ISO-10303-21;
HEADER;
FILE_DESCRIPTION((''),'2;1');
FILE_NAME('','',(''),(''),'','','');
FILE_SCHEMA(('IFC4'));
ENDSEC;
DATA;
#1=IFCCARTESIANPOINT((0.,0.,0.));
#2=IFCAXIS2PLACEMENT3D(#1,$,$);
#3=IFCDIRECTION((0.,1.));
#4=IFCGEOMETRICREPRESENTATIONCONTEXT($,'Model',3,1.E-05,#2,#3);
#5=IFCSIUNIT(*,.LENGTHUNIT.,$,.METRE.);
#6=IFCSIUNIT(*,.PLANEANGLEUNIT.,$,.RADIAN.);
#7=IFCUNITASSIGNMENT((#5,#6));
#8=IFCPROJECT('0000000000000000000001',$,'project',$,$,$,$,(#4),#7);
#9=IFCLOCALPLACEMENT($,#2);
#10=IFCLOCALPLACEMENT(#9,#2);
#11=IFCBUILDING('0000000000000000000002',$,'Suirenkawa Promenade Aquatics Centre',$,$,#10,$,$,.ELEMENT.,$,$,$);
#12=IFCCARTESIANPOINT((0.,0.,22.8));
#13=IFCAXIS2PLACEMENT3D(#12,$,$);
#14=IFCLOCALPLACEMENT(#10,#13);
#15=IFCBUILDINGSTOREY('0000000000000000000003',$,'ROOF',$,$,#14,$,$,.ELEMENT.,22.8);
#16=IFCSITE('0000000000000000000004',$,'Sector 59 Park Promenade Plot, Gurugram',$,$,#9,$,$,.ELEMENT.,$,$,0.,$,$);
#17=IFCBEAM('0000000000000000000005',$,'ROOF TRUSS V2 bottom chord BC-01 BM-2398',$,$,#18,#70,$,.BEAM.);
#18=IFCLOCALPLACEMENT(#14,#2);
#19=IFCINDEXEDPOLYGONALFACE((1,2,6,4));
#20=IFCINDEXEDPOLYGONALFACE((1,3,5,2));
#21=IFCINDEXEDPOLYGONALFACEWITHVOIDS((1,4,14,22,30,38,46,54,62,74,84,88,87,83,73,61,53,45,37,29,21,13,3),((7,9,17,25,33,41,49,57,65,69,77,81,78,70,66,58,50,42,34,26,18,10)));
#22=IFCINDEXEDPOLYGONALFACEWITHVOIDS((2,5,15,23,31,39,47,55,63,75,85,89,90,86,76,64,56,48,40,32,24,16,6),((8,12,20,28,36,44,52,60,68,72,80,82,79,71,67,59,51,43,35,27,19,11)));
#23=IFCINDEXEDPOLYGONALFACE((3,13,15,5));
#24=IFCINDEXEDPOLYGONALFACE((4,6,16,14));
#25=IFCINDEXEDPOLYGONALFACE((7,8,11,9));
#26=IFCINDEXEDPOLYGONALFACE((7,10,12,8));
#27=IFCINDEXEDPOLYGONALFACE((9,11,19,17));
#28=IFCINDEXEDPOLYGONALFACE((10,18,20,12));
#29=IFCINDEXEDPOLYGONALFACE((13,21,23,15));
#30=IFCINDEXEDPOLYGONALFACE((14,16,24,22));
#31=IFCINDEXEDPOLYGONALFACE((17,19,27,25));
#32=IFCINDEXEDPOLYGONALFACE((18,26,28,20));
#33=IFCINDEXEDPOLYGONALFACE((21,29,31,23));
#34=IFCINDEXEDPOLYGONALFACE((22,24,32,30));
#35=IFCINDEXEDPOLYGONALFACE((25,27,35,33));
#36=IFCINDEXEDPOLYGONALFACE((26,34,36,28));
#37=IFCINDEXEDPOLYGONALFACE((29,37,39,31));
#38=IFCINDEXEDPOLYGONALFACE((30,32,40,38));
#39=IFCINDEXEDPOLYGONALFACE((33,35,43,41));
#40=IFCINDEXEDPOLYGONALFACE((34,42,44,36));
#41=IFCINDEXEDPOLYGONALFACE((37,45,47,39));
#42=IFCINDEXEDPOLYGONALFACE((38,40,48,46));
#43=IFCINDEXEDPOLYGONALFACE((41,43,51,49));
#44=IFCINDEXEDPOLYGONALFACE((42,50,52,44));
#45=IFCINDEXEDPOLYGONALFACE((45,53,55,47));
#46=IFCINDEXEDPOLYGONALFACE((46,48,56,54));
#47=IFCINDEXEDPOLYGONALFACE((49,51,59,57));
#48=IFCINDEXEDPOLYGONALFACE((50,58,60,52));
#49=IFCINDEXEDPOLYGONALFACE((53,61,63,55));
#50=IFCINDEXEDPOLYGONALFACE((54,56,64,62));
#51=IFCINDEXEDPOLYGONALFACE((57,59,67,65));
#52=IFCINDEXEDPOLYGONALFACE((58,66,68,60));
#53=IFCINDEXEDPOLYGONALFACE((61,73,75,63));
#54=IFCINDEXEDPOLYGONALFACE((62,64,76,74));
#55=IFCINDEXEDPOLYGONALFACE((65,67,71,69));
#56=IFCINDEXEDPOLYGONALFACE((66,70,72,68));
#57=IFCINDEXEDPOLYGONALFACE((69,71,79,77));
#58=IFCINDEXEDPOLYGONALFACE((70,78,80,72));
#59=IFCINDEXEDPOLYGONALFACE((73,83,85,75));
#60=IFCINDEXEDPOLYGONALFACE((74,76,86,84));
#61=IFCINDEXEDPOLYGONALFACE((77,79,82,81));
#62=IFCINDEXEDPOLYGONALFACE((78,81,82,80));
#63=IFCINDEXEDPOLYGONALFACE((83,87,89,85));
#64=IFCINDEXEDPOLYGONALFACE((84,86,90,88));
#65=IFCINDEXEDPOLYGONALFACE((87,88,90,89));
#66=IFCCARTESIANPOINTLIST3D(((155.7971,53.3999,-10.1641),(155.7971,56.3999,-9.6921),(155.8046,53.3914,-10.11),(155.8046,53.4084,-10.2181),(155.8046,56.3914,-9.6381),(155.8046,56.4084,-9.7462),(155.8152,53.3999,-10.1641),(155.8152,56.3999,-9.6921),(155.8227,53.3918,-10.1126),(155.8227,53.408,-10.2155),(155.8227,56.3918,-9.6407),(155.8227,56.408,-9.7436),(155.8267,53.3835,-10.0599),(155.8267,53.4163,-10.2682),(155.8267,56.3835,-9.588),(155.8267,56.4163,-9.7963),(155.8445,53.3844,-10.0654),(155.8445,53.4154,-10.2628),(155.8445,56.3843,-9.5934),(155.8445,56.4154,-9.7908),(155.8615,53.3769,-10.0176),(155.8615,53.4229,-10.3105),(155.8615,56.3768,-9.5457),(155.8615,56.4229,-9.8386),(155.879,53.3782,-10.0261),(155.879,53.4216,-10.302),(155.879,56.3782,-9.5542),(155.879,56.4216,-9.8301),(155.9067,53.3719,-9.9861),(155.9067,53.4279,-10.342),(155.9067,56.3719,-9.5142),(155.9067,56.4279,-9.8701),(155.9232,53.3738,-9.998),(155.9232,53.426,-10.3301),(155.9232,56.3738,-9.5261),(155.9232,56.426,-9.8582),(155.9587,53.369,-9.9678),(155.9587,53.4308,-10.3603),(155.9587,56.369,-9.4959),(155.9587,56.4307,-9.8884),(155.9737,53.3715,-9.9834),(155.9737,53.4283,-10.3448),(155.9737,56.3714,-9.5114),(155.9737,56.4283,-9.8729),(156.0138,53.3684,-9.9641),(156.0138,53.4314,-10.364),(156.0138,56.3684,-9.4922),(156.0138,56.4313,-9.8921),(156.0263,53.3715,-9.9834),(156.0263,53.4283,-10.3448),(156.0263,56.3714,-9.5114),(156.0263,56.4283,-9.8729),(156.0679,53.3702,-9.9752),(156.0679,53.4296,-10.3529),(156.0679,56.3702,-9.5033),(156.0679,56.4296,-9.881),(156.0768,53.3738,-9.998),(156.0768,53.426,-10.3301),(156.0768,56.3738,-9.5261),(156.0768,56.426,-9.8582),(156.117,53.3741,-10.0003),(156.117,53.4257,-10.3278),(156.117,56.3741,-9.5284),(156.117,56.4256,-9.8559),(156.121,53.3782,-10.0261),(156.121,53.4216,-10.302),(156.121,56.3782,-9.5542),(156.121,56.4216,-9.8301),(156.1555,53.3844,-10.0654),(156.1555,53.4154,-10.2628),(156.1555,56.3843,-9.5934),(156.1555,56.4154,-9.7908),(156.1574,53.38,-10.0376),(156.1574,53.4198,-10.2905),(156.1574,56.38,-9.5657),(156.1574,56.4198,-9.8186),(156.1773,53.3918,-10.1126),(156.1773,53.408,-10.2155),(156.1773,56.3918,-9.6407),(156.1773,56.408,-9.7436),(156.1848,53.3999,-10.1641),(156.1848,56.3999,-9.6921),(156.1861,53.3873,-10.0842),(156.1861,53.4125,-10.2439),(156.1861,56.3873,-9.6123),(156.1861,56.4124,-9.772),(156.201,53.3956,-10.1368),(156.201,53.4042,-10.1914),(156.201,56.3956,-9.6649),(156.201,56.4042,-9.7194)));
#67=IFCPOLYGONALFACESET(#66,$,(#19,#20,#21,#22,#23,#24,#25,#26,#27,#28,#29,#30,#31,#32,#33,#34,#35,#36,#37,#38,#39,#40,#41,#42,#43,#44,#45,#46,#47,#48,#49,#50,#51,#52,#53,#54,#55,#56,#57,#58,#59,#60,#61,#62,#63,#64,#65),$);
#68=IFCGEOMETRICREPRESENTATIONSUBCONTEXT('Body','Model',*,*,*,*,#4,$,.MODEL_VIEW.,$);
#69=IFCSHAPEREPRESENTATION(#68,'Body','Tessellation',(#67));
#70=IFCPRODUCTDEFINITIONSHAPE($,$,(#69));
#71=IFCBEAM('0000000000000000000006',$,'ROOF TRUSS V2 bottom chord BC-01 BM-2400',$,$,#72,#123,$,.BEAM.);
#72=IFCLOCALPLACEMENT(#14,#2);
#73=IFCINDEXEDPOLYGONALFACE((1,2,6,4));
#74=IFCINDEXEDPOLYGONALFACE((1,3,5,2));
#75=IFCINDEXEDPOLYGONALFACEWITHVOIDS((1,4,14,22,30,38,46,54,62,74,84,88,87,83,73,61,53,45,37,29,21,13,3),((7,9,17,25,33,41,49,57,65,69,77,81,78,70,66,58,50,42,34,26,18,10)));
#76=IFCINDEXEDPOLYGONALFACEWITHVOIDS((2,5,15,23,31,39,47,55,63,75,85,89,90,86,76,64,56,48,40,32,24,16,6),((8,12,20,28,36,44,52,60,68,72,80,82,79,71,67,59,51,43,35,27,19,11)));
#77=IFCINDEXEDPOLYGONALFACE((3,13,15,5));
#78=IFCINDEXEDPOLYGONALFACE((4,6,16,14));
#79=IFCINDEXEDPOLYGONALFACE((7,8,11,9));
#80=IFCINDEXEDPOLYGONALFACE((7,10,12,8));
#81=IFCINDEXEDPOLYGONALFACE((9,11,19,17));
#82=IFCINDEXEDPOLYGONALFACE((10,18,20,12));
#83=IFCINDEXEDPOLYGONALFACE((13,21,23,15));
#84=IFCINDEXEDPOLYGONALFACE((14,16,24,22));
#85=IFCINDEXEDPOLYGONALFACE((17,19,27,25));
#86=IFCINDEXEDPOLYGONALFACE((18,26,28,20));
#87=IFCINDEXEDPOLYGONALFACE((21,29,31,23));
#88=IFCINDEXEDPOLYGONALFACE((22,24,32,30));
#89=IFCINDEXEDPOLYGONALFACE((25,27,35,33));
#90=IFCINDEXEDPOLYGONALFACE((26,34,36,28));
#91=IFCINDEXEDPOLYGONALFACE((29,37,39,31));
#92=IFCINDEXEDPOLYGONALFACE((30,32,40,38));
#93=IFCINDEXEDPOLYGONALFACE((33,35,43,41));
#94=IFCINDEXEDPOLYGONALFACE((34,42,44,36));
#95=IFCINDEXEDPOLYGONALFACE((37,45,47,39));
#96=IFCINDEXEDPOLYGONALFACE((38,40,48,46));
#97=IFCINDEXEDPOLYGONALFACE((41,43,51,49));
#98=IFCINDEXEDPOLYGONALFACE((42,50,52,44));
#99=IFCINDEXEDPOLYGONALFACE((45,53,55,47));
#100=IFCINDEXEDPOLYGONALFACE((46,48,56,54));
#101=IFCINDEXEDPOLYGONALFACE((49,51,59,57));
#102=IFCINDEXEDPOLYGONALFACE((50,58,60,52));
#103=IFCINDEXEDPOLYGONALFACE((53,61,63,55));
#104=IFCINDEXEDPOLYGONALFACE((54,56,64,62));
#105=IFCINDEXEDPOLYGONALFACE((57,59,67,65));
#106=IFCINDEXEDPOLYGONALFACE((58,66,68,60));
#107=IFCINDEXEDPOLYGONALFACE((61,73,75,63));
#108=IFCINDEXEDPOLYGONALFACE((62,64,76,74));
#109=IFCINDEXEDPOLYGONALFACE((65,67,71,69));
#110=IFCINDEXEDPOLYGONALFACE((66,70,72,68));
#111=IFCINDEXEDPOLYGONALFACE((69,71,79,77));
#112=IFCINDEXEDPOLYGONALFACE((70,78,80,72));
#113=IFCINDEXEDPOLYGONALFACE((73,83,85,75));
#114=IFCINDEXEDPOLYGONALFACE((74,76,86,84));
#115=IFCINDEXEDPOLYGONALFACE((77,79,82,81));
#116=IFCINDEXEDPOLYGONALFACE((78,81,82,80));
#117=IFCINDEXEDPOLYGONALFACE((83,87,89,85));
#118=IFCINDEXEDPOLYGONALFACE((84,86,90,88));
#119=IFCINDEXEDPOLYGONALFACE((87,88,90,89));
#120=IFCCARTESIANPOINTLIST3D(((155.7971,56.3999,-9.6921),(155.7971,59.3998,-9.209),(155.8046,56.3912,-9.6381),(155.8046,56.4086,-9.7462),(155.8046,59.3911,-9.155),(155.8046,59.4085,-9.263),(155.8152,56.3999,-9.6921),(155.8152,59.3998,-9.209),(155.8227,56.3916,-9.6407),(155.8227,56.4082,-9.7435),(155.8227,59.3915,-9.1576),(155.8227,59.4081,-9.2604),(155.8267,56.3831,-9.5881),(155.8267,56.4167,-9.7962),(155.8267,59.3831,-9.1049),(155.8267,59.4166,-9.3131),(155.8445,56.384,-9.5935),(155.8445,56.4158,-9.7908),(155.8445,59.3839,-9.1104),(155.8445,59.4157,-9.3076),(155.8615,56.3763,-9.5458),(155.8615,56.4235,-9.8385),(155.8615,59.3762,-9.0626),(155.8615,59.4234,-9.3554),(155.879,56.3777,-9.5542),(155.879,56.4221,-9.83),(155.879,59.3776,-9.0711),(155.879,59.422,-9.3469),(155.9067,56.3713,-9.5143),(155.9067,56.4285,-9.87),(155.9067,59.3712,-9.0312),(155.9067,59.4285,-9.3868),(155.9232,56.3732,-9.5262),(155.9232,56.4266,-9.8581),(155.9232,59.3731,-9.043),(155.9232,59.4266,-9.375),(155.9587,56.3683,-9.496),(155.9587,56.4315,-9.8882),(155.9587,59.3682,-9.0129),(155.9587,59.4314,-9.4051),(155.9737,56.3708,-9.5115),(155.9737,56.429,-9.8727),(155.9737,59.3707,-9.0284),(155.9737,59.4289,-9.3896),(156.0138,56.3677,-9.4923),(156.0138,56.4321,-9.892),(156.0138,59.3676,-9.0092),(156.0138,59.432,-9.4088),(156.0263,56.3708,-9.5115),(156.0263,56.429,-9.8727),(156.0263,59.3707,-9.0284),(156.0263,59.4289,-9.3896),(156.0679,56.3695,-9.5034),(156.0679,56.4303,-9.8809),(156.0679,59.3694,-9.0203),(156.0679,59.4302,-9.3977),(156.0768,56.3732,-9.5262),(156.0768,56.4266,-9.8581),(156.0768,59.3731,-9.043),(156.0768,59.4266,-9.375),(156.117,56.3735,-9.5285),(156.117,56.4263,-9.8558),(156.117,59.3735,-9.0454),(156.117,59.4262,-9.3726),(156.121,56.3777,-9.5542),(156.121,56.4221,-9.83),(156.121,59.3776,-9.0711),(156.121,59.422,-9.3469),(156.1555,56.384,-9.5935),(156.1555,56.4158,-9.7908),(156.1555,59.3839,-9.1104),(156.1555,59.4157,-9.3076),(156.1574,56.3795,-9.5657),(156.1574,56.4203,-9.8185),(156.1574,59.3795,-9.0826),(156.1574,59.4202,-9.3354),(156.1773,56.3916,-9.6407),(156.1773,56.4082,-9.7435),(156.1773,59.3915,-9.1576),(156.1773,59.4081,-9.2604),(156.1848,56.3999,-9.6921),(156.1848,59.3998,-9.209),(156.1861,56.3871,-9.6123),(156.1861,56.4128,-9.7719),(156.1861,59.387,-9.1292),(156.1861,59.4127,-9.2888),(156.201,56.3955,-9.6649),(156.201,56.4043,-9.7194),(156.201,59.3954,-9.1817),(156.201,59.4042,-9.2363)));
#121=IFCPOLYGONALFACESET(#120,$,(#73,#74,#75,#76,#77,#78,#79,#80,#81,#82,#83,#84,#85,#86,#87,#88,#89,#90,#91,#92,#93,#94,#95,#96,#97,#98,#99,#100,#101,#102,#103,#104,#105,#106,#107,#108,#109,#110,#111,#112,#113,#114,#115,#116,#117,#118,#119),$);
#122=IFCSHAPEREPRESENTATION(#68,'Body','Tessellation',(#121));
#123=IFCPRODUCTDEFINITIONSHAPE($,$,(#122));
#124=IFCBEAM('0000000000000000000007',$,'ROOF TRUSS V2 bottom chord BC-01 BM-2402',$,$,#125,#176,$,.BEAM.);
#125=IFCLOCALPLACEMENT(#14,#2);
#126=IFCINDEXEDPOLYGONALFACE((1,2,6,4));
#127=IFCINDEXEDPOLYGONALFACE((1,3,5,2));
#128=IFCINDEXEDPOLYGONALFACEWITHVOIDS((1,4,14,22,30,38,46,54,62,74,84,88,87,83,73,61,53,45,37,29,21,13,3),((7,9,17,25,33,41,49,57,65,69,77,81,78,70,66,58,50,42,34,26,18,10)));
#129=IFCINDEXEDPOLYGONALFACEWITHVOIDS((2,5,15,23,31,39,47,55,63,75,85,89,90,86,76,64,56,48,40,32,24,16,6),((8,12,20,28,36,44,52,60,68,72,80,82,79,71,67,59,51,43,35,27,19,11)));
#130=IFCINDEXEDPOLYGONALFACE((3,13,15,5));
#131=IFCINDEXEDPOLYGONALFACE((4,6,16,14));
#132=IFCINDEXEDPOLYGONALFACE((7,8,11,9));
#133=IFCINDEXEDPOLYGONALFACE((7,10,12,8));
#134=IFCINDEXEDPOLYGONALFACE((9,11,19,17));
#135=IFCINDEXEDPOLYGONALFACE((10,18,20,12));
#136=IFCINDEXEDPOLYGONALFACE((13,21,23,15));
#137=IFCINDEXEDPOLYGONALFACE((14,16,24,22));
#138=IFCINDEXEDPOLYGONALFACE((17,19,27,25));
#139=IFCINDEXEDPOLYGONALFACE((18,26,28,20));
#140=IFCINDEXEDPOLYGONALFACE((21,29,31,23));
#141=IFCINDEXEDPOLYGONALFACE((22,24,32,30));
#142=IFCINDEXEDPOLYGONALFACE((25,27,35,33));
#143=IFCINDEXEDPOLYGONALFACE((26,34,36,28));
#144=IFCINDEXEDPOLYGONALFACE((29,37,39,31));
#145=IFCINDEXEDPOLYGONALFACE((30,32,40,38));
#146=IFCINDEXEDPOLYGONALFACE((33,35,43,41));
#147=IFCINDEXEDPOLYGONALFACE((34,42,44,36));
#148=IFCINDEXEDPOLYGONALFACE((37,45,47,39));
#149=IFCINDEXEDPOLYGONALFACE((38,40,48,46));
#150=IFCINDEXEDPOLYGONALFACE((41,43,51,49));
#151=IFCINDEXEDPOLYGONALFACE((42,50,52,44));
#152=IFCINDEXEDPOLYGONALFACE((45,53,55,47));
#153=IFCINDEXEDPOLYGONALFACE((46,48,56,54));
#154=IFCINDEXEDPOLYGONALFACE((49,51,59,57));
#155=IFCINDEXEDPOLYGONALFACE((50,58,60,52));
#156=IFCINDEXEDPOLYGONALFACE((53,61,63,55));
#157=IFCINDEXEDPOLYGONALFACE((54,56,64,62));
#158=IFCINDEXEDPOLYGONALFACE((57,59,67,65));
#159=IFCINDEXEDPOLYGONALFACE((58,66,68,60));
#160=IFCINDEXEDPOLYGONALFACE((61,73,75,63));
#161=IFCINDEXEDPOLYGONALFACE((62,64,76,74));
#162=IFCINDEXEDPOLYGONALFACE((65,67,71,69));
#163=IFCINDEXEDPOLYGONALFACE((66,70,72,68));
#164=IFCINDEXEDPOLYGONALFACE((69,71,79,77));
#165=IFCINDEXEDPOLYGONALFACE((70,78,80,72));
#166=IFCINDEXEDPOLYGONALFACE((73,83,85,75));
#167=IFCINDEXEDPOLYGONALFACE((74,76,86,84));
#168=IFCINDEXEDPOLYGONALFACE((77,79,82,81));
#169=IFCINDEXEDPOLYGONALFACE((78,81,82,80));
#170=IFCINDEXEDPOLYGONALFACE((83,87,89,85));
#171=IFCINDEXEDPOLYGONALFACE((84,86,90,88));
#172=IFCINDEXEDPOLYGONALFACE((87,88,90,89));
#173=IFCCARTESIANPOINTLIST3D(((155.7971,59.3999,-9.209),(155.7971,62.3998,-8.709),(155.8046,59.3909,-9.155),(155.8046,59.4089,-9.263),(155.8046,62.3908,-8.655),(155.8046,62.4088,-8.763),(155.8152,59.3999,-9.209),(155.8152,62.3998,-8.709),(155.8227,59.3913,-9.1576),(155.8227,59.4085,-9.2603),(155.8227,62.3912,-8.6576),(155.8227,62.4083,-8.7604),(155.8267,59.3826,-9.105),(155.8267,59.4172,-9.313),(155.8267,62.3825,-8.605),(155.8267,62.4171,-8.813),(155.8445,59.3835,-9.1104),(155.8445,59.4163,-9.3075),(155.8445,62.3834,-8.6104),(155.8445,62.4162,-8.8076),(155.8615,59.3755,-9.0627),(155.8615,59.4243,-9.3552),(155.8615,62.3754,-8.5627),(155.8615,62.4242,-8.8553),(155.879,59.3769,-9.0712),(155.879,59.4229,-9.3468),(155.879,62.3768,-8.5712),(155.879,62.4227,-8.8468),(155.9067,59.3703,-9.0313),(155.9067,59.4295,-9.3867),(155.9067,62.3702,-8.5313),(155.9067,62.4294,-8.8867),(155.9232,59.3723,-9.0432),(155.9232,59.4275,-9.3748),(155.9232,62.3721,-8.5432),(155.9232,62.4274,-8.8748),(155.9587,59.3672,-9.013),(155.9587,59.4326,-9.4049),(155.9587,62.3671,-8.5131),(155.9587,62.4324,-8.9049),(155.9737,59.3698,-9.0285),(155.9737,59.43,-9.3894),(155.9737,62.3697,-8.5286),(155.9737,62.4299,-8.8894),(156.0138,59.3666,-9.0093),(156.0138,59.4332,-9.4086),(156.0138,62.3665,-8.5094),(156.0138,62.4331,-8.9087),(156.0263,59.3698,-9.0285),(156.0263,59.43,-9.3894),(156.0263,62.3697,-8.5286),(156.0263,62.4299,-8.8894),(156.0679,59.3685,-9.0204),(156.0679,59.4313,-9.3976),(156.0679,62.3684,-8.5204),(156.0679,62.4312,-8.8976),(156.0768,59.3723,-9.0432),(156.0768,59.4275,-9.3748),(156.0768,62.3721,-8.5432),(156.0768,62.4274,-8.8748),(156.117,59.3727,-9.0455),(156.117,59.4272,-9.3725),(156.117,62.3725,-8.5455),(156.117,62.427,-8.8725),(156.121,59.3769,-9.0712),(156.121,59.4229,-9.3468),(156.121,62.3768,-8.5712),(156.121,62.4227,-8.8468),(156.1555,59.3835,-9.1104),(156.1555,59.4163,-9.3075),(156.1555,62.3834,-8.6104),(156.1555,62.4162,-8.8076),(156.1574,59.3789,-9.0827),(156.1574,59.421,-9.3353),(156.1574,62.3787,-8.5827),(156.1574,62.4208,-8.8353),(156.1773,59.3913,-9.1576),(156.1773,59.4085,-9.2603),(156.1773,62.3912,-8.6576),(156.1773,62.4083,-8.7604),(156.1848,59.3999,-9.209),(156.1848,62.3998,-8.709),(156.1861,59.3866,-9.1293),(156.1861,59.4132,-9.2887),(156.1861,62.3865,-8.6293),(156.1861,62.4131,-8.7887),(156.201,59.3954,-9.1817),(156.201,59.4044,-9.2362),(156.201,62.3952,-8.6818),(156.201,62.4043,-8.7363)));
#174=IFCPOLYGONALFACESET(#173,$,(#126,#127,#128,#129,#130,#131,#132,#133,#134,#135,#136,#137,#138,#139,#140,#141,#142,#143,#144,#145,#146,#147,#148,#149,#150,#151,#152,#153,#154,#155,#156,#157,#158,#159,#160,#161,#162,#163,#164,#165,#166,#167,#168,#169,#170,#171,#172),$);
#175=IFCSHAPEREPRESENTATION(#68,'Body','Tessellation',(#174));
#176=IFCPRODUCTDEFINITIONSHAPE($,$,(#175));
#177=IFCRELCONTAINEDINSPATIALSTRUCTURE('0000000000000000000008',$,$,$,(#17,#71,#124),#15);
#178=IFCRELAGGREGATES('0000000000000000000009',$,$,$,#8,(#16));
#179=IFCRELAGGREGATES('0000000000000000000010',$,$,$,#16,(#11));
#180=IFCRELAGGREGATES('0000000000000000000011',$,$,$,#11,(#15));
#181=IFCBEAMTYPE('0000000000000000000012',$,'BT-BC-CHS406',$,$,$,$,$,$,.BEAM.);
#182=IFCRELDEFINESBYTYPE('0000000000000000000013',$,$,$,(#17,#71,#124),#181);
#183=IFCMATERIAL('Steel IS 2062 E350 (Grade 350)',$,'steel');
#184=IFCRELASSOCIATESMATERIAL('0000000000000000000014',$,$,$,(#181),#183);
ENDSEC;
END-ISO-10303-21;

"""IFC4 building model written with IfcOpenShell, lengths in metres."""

from ifc_helpers import new_model, si_unit, direction, frame, origin, origin_2d, place, context, subcontext, project, spatial, hollow_circle, extrude, material, material_profile, profile_set, type_object, element, save


model = new_model("IFC4")

# Units and contexts
model_context = context("Model", 3, precision=1e-05, world=origin(), true_north=direction((0.0, 1.0)))
body_context = subcontext(model_context, "Body", "Model", "MODEL_VIEW")
ifc_project = project(units=[si_unit("LENGTHUNIT", "METRE"), si_unit("PLANEANGLEUNIT", "RADIAN")], contexts=[model_context])

# Site, building, storey
site_placement = place(None, origin())
site = spatial("IfcSite", under=ifc_project, at=site_placement, Name="Sector 59 Park Promenade Plot, Gurugram", CompositionType="ELEMENT", RefElevation=0.0)
building_placement = place(site_placement, origin())
building = spatial("IfcBuilding", under=site, at=building_placement, Name="Suirenkawa Promenade Aquatics Centre", CompositionType="ELEMENT")
storey_placement = place(building_placement, frame((0.0, 0.0, 22.8)))
storey = spatial("IfcBuildingStorey", under=building, at=storey_placement, Name="ROOF", CompositionType="ELEMENT", Elevation=22.8)

# Beams
ifc_material = material(Name="Steel IS 2062 E350 (Grade 350)", Category="steel")
ifc_material_profile_1 = material_profile(ifc_material, hollow_circle(Radius=0.2029, WallThickness=0.0181, at=origin_2d()), Name="CHS 406x18", Category="steel")
ifc_profile_set_1 = profile_set([ifc_material_profile_1], Name="Steel IS 2062 E350 (Grade 350)")
beam_type_1 = type_object("IfcBeamType", Name="BT-BC-CHS406", PredefinedType="BEAM", material=ifc_profile_set_1)
beam_1_placement = place(storey_placement, frame((156.0, 53.3999, -10.1641), z_axis=(0.0, 0.987852, 0.155397), x_axis=(-1.0, 0.0, 0.0)))
element("IfcBeam", 1, at=beam_1_placement, inside=storey, type_object=beam_type_1, Name="ROOF TRUSS V2 bottom chord BC-01 BM-2398", PredefinedType="BEAM", context=body_context, shape_type="SweptSolid", body=[
    extrude(hollow_circle(Radius=0.2029, WallThickness=0.0181, at=origin_2d()), origin(), (0.0, 0.0, 1.0), 3.0369),
])
beam_2_placement = place(storey_placement, frame((156.0, 56.3999, -9.6921), z_axis=(0.0, 0.987278, 0.159003), x_axis=(-1.0, 0.0, 0.0)))
element("IfcBeam", 2, at=beam_2_placement, inside=storey, type_object=beam_type_1, Name="ROOF TRUSS V2 bottom chord BC-01 BM-2400", PredefinedType="BEAM", context=body_context, shape_type="SweptSolid", body=[
    extrude(hollow_circle(Radius=0.2029, WallThickness=0.0181, at=origin_2d()), origin(), (0.0, 0.0, 1.0), 3.0386),
])
beam_3_placement = place(storey_placement, frame((156.0, 59.3999, -9.209), z_axis=(0.0, 0.986394, 0.164399), x_axis=(-1.0, 0.0, 0.0)))
element("IfcBeam", 3, at=beam_3_placement, inside=storey, type_object=beam_type_1, Name="ROOF TRUSS V2 bottom chord BC-01 BM-2402", PredefinedType="BEAM", context=body_context, shape_type="SweptSolid", body=[
    extrude(hollow_circle(Radius=0.2029, WallThickness=0.0181, at=origin_2d()), origin(), (0.0, 0.0, 1.0), 3.0413),
])

save(model, "model.ifc")
